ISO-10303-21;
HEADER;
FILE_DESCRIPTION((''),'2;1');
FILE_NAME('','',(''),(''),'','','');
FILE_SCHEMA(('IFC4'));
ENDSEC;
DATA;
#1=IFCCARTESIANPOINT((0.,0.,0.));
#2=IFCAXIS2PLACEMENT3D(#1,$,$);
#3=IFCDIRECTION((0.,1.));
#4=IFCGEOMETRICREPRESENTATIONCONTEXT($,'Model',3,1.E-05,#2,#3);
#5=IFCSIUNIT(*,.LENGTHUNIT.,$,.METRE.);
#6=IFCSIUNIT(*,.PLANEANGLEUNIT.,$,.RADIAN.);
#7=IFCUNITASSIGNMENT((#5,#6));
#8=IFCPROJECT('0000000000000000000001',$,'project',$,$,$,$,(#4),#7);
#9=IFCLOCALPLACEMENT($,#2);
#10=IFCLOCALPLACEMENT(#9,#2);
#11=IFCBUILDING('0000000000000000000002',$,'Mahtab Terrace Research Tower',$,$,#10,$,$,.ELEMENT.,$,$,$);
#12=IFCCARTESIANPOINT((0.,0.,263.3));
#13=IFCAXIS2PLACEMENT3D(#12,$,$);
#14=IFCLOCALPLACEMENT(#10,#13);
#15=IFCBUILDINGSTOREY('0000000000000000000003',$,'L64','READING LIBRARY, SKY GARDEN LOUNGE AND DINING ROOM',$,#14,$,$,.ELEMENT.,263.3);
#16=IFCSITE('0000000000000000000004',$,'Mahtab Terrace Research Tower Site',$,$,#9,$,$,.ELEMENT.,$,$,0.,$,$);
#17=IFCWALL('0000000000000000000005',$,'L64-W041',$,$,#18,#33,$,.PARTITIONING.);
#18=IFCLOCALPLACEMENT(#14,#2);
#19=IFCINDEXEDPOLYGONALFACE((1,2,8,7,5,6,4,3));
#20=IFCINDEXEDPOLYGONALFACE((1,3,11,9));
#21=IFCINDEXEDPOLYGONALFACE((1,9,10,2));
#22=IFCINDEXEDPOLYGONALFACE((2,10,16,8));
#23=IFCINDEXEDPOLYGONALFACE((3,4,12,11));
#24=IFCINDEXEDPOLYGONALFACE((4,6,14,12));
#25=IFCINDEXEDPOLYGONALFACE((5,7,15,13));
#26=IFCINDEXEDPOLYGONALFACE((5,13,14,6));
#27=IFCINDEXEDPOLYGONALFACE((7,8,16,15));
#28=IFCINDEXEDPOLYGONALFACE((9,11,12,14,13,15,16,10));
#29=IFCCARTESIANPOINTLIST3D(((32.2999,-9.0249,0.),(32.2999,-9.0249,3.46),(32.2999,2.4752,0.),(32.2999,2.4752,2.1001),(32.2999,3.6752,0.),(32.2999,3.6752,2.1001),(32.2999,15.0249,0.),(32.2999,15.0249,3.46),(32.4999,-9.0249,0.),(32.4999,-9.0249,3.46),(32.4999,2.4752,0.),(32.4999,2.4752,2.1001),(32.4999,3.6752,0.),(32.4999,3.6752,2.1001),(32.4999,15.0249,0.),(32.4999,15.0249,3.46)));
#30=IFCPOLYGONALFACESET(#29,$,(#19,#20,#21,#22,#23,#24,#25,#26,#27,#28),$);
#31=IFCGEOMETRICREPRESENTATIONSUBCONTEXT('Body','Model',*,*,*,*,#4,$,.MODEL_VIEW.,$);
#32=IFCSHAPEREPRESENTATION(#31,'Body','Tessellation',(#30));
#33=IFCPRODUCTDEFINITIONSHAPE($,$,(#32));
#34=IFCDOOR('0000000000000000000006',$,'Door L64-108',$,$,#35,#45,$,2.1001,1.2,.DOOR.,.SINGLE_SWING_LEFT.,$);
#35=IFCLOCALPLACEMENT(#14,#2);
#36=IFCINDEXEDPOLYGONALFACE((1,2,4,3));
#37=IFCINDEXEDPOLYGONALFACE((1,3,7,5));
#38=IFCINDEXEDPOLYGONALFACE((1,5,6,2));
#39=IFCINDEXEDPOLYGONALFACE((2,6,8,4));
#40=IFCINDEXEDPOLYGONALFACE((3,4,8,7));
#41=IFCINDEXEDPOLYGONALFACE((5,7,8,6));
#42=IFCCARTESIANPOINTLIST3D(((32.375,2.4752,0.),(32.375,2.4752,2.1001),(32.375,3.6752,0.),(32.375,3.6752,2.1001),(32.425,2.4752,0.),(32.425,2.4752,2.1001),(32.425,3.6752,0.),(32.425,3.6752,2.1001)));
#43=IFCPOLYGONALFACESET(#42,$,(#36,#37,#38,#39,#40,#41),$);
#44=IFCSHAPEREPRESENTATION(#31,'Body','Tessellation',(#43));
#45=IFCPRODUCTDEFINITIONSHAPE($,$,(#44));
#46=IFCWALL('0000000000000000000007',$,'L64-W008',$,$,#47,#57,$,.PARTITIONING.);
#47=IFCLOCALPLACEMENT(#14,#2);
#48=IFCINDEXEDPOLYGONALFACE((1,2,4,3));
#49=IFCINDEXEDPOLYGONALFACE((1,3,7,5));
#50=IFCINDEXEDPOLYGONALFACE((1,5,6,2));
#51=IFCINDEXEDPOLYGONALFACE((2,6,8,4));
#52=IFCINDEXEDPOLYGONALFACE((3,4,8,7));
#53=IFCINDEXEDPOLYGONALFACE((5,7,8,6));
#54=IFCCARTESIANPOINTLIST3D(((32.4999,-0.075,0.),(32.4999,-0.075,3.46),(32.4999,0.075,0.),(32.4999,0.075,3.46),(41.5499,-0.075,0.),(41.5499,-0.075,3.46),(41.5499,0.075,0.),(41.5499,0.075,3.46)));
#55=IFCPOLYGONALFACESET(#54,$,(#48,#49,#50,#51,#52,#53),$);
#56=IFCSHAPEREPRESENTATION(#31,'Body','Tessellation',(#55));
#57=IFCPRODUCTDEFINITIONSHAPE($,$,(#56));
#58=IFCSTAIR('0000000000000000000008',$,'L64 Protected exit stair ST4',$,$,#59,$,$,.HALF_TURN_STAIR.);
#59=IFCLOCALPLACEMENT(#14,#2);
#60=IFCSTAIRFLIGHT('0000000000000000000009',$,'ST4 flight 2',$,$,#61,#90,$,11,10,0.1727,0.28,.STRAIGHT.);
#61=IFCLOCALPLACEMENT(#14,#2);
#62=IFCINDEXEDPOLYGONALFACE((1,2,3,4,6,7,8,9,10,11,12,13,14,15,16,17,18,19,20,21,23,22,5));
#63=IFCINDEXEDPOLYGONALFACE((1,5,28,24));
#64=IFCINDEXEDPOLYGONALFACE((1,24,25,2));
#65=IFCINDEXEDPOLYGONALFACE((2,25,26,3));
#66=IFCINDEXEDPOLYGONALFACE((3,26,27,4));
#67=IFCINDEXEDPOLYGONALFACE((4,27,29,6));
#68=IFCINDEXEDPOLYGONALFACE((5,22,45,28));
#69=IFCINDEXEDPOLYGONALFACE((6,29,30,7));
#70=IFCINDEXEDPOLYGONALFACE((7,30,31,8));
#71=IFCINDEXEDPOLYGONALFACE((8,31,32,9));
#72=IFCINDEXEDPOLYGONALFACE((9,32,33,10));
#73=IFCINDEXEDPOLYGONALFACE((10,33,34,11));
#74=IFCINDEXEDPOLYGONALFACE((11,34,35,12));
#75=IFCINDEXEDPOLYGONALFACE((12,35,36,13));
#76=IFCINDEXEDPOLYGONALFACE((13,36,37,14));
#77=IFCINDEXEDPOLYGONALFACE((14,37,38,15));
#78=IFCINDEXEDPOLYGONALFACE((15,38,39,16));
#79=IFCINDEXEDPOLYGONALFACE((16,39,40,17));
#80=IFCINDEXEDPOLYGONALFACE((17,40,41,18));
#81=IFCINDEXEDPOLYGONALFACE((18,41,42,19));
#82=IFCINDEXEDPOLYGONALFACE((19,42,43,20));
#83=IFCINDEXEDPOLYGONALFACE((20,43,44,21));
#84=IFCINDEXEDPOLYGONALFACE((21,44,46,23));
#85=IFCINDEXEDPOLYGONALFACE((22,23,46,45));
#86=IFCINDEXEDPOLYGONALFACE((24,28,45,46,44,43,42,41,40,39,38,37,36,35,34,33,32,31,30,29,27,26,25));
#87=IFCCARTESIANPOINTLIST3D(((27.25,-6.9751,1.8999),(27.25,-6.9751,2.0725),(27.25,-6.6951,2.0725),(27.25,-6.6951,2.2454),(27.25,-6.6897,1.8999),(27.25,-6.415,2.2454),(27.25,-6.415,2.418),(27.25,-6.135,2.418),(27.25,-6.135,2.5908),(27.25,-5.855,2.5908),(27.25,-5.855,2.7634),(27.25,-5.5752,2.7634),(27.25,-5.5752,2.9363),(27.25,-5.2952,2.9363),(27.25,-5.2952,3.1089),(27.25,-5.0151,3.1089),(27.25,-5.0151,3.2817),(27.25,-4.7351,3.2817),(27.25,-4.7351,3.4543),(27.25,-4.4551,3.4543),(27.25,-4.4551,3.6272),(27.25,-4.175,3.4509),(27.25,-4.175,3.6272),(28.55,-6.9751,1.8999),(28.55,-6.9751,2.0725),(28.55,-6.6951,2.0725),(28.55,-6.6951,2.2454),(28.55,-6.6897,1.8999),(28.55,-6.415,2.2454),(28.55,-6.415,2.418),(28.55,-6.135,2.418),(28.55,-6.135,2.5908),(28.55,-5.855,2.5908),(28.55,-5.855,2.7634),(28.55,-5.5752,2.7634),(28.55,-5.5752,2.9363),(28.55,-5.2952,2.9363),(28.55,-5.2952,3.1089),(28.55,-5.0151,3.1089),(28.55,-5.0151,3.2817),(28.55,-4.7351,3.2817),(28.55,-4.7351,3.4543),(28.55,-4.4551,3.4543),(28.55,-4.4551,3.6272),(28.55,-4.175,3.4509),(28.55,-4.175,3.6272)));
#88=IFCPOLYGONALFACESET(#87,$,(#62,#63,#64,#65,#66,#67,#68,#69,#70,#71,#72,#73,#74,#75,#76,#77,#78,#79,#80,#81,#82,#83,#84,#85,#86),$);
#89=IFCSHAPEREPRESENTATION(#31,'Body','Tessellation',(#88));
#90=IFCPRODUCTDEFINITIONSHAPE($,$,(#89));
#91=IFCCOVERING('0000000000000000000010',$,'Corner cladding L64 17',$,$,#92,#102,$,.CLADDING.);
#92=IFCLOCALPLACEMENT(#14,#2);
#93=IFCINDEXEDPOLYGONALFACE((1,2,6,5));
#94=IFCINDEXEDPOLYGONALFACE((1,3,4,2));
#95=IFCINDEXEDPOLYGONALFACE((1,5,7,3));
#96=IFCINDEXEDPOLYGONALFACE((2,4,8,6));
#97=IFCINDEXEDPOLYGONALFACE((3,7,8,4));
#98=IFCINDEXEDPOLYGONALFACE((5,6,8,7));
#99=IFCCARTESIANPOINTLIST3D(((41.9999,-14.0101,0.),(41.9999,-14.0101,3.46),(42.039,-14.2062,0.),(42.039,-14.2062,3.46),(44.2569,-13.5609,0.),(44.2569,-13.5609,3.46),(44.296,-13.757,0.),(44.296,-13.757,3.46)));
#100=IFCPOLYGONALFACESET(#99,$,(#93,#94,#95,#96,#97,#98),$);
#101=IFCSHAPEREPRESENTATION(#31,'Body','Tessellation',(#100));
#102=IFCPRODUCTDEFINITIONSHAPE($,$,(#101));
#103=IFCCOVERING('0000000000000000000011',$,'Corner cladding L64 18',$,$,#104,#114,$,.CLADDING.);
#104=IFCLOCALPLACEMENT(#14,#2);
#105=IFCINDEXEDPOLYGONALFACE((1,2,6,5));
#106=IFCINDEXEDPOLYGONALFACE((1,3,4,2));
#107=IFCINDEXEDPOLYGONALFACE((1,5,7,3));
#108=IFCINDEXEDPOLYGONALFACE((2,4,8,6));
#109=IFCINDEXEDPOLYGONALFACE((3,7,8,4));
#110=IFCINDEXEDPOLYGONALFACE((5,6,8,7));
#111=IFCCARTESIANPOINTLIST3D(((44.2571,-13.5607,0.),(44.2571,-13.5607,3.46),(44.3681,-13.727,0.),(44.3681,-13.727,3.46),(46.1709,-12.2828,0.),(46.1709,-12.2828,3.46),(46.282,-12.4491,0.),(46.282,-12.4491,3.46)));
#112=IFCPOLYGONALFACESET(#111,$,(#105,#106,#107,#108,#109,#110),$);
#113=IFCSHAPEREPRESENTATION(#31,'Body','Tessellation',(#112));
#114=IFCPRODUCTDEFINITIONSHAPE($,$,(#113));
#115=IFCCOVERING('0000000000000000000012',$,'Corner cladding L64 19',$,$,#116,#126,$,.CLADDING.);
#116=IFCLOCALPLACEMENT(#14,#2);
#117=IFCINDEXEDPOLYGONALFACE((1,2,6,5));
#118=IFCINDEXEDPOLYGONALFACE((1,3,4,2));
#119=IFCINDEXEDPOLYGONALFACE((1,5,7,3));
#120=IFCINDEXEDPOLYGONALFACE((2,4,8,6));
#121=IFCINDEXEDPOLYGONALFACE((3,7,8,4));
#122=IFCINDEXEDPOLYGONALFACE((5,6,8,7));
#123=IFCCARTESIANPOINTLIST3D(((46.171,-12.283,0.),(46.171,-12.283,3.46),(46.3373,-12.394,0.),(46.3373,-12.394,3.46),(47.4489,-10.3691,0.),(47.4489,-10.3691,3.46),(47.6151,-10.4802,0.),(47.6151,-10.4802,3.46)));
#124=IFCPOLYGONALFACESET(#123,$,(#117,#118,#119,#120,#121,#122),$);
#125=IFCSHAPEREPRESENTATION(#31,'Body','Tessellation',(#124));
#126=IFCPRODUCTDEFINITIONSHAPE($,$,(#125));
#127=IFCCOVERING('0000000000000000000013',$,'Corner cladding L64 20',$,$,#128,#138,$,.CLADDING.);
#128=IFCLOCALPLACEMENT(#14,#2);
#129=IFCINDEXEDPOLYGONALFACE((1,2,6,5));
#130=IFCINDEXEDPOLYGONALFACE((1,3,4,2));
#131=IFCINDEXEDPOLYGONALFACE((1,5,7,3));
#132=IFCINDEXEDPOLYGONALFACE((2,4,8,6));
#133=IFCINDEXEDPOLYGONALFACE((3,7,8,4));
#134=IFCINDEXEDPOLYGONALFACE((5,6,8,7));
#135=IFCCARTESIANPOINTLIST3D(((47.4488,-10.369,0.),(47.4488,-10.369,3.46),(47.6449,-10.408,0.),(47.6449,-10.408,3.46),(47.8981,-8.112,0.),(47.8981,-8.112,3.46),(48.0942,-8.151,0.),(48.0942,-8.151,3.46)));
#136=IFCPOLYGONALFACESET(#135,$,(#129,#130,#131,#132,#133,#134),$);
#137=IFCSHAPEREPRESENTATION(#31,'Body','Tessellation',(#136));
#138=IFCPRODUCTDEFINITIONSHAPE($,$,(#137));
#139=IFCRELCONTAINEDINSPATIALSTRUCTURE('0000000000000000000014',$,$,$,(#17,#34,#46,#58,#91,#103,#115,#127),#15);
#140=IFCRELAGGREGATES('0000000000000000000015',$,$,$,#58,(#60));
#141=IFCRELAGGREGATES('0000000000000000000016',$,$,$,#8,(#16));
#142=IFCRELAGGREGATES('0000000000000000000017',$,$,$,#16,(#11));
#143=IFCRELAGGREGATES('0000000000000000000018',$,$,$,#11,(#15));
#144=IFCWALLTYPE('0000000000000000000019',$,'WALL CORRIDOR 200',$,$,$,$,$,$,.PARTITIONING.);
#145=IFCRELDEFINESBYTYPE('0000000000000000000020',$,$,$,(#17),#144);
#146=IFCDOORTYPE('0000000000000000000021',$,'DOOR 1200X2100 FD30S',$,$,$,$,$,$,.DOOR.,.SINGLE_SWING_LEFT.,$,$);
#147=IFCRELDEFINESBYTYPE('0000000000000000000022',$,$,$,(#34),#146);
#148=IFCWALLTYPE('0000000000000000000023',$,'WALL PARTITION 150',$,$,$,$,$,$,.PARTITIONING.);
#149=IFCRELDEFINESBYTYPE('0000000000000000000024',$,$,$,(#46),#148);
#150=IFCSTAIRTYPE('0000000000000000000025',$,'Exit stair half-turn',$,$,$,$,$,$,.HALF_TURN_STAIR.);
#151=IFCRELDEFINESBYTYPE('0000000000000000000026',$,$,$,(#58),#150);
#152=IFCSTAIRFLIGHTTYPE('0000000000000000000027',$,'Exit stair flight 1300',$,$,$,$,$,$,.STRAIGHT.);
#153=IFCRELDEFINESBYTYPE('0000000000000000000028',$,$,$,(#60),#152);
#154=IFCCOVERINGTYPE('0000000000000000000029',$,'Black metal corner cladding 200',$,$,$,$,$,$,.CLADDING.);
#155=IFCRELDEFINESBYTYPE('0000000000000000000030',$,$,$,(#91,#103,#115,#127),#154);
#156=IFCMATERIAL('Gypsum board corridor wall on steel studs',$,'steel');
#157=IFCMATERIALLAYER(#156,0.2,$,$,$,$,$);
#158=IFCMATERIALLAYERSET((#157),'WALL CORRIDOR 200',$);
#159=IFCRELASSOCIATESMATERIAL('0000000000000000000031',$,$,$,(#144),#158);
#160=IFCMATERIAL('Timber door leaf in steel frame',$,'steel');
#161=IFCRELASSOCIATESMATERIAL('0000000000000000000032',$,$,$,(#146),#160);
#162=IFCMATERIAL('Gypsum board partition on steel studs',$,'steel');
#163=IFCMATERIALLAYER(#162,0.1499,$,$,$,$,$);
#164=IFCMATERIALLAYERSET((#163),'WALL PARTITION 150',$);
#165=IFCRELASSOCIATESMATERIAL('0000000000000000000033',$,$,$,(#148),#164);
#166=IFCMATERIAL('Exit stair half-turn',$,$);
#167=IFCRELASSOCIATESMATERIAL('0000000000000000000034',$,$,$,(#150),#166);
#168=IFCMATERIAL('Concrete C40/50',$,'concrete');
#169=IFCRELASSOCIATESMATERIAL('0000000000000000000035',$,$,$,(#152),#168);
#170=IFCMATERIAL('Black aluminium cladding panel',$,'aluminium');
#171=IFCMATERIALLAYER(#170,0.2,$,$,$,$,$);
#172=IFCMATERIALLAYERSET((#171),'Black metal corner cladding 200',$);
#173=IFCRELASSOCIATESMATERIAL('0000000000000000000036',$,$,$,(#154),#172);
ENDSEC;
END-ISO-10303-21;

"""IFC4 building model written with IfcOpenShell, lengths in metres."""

from ifc_helpers import new_model, si_unit, direction, frame, frame_2d, origin, origin_2d, place, context, subcontext, project, spatial, polyline, rectangle, outline, extrude, material, layer, layer_set, type_object, element, fill, aggregate, save


model = new_model("IFC4")

# Units and contexts
model_context = context("Model", 3, precision=1e-05, world=origin(), true_north=direction((0.0, 1.0)))
body_context = subcontext(model_context, "Body", "Model", "MODEL_VIEW")
ifc_project = project(units=[si_unit("LENGTHUNIT", "METRE"), si_unit("PLANEANGLEUNIT", "RADIAN")], contexts=[model_context])

# Site, building, storey
site_placement = place(None, origin())
site = spatial("IfcSite", under=ifc_project, at=site_placement, Name="Mahtab Terrace Research Tower Site", CompositionType="ELEMENT", RefElevation=0.0)
building_placement = place(site_placement, origin())
building = spatial("IfcBuilding", under=site, at=building_placement, Name="Mahtab Terrace Research Tower", CompositionType="ELEMENT")
storey_placement = place(building_placement, frame((0.0, 0.0, 263.3)))
storey = spatial("IfcBuildingStorey", under=building, at=storey_placement, Name="L64", Description="READING LIBRARY, SKY GARDEN LOUNGE AND DINING ROOM", CompositionType="ELEMENT", Elevation=263.3)

# Wall, opening, door
ifc_material_1 = material(Name="Gypsum board corridor wall on steel studs", Category="steel")
ifc_layer_1 = layer(ifc_material_1, 0.2)
ifc_layer_set_1 = layer_set([ifc_layer_1], Name="WALL CORRIDOR 200")
wall_type_1 = type_object("IfcWallType", Name="WALL CORRIDOR 200", PredefinedType="PARTITIONING", material=ifc_layer_set_1)
ifc_material_2 = material(Name="Timber door leaf in steel frame", Category="steel")
door_type_1 = type_object("IfcDoorType", Name="DOOR 1200X2100 FD30S", OperationType="SINGLE_SWING_LEFT", PredefinedType="DOOR", material=ifc_material_2)
wall_1_placement = place(storey_placement, frame((32.3999, -9.0249, 0.0), z_axis=(0.0, 0.0, 1.0), x_axis=(0.0, 1.0, 0.0)))
wall_1 = element("IfcWall", 1, at=wall_1_placement, inside=storey, type_object=wall_type_1, Name="L64-W041", PredefinedType="PARTITIONING", context=body_context, shape_type="SweptSolid", body=[
    extrude(rectangle(XDim=24.0498, YDim=0.2, at=frame_2d((12.0249, 0.0))), origin(), (0.0, 0.0, 1.0), 3.46),
])
opening_1_placement = place(wall_1_placement, frame((11.5, 0.0, 0.0)))
opening_1 = element("IfcOpeningElement", 2, at=opening_1_placement, cuts=wall_1, PredefinedType="OPENING", context=body_context, shape_type="SweptSolid", body=[
    extrude(rectangle(XDim=1.2, YDim=2.1001, at=frame_2d((0.6001, 1.05))), frame((0.0, 0.1099, 0.0), z_axis=(0.0, -1.0, 0.0), x_axis=(1.0, 0.0, 0.0)), (0.0, 0.0, 1.0), 0.22),
])
door_1_placement = place(opening_1_placement, origin())
door_1 = element("IfcDoor", 3, at=door_1_placement, inside=storey, type_object=door_type_1, Name="Door L64-108", OperationType="SINGLE_SWING_LEFT", OverallHeight=2.1001, OverallWidth=1.2, PredefinedType="DOOR", context=body_context, shape_type="SweptSolid", body=[
    extrude(rectangle(XDim=1.2, YDim=2.1001, at=frame_2d((0.6001, 1.05))), frame((0.0, 0.0249, 0.0), z_axis=(0.0, -1.0, 0.0), x_axis=(1.0, 0.0, 0.0)), (0.0, 0.0, 1.0), 0.05),
])
fill(opening_1, door_1)

# Wall
ifc_material_3 = material(Name="Gypsum board partition on steel studs", Category="steel")
ifc_layer_2 = layer(ifc_material_3, 0.1499)
ifc_layer_set_2 = layer_set([ifc_layer_2], Name="WALL PARTITION 150")
wall_type_2 = type_object("IfcWallType", Name="WALL PARTITION 150", PredefinedType="PARTITIONING", material=ifc_layer_set_2)
wall_2_placement = place(storey_placement, frame((32.5, 0.0, 0.0), z_axis=(0.0, 0.0, 1.0), x_axis=(1.0, 0.0, 0.0)))
element("IfcWall", 4, at=wall_2_placement, inside=storey, type_object=wall_type_2, Name="L64-W008", PredefinedType="PARTITIONING", context=body_context, shape_type="SweptSolid", body=[
    extrude(rectangle(XDim=9.05, YDim=0.1499, at=frame_2d((4.5249, 0.0))), origin(), (0.0, 0.0, 1.0), 3.46),
])

# Stair, stair flight
ifc_material_4 = material(Name="Exit stair half-turn")
stair_type = type_object("IfcStairType", Name="Exit stair half-turn", PredefinedType="HALF_TURN_STAIR", material=ifc_material_4)
stair_placement = place(storey_placement, origin())
stair = element("IfcStair", 5, at=stair_placement, inside=storey, type_object=stair_type, Name="L64 Protected exit stair ST4", PredefinedType="HALF_TURN_STAIR")
ifc_material_5 = material(Name="Concrete C40/50", Category="concrete")
stair_flight_type = type_object("IfcStairFlightType", Name="Exit stair flight 1300", PredefinedType="STRAIGHT", material=ifc_material_5)
stair_flight_placement = place(storey_placement, frame((27.8999, -6.9751, 1.8999), z_axis=(0.0, 0.0, 1.0), x_axis=(0.0, 1.0, 0.0)))
stair_flight = element("IfcStairFlight", 6, at=stair_flight_placement, type_object=stair_flight_type, Name="ST4 flight 2", NumberOfRisers=11, NumberOfTreads=10, PredefinedType="STRAIGHT", RiserHeight=0.1727, TreadLength=0.28, context=body_context, shape_type="SweptSolid", body=[
    extrude(outline(polyline([(0.0, 0.0), (0.0, 0.1726), (0.28, 0.1726), (0.28, 0.3455), (0.5601, 0.3455), (0.5601, 0.5181), (0.8401, 0.5181), (0.8401, 0.6909), (1.1201, 0.6909), (1.1201, 0.8635), (1.3999, 0.8635), (1.3999, 1.0364), (1.6799, 1.0364), (1.6799, 1.209), (1.96, 1.209), (1.96, 1.3818), (2.24, 1.3818), (2.24, 1.5544), (2.52, 1.5544), (2.52, 1.7273), (2.8, 1.7273), (2.8, 1.8999), (2.8, 1.551), (0.2854, 0.0), (0.0, 0.0)])), frame((0.0, 0.6499, 0.0), z_axis=(0.0, -1.0, 0.0), x_axis=(1.0, 0.0, 0.0)), (0.0, 0.0, 1.0), 1.3),
])
aggregate(stair, [stair_flight])

# Coverings
ifc_material_6 = material(Name="Black aluminium cladding panel", Category="aluminium")
ifc_layer_3 = layer(ifc_material_6, 0.2)
ifc_layer_set_3 = layer_set([ifc_layer_3], Name="Black metal corner cladding 200")
covering_type = type_object("IfcCoveringType", Name="Black metal corner cladding 200", PredefinedType="CLADDING", material=ifc_layer_set_3)
for number, where, z_axis, x_axis, name in (
    (7, (43.1479, -13.8835, 0.0), (0.0, 0.0, 1.0), (0.980761, 0.195212, 0.0), "Corner cladding L64 17"),
    (8, (45.2695, -13.0049, 0.0), (0.0, 0.0, 1.0), (0.831656, 0.555291, 0.0), "Corner cladding L64 18"),
    (9, (46.8931, -11.3816, 0.0), (0.0, 0.0, 1.0), (0.555291, 0.831656, 0.0), "Corner cladding L64 19"),
    (10, (47.7715, -9.26, 0.0), (0.0, 0.0, 1.0), (0.195212, 0.980761, 0.0), "Corner cladding L64 20"),
):
    element("IfcCovering", number, at=place(storey_placement, frame(where, z_axis=z_axis, x_axis=x_axis)), inside=storey, type_object=covering_type, Name=name, PredefinedType="CLADDING", context=body_context, shape_type="SweptSolid", body=[
        extrude(rectangle(XDim=2.3013, YDim=0.2, at=origin_2d()), origin(), (0.0, 0.0, 1.0), 3.46),
    ])

save(model, "model.ifc")
